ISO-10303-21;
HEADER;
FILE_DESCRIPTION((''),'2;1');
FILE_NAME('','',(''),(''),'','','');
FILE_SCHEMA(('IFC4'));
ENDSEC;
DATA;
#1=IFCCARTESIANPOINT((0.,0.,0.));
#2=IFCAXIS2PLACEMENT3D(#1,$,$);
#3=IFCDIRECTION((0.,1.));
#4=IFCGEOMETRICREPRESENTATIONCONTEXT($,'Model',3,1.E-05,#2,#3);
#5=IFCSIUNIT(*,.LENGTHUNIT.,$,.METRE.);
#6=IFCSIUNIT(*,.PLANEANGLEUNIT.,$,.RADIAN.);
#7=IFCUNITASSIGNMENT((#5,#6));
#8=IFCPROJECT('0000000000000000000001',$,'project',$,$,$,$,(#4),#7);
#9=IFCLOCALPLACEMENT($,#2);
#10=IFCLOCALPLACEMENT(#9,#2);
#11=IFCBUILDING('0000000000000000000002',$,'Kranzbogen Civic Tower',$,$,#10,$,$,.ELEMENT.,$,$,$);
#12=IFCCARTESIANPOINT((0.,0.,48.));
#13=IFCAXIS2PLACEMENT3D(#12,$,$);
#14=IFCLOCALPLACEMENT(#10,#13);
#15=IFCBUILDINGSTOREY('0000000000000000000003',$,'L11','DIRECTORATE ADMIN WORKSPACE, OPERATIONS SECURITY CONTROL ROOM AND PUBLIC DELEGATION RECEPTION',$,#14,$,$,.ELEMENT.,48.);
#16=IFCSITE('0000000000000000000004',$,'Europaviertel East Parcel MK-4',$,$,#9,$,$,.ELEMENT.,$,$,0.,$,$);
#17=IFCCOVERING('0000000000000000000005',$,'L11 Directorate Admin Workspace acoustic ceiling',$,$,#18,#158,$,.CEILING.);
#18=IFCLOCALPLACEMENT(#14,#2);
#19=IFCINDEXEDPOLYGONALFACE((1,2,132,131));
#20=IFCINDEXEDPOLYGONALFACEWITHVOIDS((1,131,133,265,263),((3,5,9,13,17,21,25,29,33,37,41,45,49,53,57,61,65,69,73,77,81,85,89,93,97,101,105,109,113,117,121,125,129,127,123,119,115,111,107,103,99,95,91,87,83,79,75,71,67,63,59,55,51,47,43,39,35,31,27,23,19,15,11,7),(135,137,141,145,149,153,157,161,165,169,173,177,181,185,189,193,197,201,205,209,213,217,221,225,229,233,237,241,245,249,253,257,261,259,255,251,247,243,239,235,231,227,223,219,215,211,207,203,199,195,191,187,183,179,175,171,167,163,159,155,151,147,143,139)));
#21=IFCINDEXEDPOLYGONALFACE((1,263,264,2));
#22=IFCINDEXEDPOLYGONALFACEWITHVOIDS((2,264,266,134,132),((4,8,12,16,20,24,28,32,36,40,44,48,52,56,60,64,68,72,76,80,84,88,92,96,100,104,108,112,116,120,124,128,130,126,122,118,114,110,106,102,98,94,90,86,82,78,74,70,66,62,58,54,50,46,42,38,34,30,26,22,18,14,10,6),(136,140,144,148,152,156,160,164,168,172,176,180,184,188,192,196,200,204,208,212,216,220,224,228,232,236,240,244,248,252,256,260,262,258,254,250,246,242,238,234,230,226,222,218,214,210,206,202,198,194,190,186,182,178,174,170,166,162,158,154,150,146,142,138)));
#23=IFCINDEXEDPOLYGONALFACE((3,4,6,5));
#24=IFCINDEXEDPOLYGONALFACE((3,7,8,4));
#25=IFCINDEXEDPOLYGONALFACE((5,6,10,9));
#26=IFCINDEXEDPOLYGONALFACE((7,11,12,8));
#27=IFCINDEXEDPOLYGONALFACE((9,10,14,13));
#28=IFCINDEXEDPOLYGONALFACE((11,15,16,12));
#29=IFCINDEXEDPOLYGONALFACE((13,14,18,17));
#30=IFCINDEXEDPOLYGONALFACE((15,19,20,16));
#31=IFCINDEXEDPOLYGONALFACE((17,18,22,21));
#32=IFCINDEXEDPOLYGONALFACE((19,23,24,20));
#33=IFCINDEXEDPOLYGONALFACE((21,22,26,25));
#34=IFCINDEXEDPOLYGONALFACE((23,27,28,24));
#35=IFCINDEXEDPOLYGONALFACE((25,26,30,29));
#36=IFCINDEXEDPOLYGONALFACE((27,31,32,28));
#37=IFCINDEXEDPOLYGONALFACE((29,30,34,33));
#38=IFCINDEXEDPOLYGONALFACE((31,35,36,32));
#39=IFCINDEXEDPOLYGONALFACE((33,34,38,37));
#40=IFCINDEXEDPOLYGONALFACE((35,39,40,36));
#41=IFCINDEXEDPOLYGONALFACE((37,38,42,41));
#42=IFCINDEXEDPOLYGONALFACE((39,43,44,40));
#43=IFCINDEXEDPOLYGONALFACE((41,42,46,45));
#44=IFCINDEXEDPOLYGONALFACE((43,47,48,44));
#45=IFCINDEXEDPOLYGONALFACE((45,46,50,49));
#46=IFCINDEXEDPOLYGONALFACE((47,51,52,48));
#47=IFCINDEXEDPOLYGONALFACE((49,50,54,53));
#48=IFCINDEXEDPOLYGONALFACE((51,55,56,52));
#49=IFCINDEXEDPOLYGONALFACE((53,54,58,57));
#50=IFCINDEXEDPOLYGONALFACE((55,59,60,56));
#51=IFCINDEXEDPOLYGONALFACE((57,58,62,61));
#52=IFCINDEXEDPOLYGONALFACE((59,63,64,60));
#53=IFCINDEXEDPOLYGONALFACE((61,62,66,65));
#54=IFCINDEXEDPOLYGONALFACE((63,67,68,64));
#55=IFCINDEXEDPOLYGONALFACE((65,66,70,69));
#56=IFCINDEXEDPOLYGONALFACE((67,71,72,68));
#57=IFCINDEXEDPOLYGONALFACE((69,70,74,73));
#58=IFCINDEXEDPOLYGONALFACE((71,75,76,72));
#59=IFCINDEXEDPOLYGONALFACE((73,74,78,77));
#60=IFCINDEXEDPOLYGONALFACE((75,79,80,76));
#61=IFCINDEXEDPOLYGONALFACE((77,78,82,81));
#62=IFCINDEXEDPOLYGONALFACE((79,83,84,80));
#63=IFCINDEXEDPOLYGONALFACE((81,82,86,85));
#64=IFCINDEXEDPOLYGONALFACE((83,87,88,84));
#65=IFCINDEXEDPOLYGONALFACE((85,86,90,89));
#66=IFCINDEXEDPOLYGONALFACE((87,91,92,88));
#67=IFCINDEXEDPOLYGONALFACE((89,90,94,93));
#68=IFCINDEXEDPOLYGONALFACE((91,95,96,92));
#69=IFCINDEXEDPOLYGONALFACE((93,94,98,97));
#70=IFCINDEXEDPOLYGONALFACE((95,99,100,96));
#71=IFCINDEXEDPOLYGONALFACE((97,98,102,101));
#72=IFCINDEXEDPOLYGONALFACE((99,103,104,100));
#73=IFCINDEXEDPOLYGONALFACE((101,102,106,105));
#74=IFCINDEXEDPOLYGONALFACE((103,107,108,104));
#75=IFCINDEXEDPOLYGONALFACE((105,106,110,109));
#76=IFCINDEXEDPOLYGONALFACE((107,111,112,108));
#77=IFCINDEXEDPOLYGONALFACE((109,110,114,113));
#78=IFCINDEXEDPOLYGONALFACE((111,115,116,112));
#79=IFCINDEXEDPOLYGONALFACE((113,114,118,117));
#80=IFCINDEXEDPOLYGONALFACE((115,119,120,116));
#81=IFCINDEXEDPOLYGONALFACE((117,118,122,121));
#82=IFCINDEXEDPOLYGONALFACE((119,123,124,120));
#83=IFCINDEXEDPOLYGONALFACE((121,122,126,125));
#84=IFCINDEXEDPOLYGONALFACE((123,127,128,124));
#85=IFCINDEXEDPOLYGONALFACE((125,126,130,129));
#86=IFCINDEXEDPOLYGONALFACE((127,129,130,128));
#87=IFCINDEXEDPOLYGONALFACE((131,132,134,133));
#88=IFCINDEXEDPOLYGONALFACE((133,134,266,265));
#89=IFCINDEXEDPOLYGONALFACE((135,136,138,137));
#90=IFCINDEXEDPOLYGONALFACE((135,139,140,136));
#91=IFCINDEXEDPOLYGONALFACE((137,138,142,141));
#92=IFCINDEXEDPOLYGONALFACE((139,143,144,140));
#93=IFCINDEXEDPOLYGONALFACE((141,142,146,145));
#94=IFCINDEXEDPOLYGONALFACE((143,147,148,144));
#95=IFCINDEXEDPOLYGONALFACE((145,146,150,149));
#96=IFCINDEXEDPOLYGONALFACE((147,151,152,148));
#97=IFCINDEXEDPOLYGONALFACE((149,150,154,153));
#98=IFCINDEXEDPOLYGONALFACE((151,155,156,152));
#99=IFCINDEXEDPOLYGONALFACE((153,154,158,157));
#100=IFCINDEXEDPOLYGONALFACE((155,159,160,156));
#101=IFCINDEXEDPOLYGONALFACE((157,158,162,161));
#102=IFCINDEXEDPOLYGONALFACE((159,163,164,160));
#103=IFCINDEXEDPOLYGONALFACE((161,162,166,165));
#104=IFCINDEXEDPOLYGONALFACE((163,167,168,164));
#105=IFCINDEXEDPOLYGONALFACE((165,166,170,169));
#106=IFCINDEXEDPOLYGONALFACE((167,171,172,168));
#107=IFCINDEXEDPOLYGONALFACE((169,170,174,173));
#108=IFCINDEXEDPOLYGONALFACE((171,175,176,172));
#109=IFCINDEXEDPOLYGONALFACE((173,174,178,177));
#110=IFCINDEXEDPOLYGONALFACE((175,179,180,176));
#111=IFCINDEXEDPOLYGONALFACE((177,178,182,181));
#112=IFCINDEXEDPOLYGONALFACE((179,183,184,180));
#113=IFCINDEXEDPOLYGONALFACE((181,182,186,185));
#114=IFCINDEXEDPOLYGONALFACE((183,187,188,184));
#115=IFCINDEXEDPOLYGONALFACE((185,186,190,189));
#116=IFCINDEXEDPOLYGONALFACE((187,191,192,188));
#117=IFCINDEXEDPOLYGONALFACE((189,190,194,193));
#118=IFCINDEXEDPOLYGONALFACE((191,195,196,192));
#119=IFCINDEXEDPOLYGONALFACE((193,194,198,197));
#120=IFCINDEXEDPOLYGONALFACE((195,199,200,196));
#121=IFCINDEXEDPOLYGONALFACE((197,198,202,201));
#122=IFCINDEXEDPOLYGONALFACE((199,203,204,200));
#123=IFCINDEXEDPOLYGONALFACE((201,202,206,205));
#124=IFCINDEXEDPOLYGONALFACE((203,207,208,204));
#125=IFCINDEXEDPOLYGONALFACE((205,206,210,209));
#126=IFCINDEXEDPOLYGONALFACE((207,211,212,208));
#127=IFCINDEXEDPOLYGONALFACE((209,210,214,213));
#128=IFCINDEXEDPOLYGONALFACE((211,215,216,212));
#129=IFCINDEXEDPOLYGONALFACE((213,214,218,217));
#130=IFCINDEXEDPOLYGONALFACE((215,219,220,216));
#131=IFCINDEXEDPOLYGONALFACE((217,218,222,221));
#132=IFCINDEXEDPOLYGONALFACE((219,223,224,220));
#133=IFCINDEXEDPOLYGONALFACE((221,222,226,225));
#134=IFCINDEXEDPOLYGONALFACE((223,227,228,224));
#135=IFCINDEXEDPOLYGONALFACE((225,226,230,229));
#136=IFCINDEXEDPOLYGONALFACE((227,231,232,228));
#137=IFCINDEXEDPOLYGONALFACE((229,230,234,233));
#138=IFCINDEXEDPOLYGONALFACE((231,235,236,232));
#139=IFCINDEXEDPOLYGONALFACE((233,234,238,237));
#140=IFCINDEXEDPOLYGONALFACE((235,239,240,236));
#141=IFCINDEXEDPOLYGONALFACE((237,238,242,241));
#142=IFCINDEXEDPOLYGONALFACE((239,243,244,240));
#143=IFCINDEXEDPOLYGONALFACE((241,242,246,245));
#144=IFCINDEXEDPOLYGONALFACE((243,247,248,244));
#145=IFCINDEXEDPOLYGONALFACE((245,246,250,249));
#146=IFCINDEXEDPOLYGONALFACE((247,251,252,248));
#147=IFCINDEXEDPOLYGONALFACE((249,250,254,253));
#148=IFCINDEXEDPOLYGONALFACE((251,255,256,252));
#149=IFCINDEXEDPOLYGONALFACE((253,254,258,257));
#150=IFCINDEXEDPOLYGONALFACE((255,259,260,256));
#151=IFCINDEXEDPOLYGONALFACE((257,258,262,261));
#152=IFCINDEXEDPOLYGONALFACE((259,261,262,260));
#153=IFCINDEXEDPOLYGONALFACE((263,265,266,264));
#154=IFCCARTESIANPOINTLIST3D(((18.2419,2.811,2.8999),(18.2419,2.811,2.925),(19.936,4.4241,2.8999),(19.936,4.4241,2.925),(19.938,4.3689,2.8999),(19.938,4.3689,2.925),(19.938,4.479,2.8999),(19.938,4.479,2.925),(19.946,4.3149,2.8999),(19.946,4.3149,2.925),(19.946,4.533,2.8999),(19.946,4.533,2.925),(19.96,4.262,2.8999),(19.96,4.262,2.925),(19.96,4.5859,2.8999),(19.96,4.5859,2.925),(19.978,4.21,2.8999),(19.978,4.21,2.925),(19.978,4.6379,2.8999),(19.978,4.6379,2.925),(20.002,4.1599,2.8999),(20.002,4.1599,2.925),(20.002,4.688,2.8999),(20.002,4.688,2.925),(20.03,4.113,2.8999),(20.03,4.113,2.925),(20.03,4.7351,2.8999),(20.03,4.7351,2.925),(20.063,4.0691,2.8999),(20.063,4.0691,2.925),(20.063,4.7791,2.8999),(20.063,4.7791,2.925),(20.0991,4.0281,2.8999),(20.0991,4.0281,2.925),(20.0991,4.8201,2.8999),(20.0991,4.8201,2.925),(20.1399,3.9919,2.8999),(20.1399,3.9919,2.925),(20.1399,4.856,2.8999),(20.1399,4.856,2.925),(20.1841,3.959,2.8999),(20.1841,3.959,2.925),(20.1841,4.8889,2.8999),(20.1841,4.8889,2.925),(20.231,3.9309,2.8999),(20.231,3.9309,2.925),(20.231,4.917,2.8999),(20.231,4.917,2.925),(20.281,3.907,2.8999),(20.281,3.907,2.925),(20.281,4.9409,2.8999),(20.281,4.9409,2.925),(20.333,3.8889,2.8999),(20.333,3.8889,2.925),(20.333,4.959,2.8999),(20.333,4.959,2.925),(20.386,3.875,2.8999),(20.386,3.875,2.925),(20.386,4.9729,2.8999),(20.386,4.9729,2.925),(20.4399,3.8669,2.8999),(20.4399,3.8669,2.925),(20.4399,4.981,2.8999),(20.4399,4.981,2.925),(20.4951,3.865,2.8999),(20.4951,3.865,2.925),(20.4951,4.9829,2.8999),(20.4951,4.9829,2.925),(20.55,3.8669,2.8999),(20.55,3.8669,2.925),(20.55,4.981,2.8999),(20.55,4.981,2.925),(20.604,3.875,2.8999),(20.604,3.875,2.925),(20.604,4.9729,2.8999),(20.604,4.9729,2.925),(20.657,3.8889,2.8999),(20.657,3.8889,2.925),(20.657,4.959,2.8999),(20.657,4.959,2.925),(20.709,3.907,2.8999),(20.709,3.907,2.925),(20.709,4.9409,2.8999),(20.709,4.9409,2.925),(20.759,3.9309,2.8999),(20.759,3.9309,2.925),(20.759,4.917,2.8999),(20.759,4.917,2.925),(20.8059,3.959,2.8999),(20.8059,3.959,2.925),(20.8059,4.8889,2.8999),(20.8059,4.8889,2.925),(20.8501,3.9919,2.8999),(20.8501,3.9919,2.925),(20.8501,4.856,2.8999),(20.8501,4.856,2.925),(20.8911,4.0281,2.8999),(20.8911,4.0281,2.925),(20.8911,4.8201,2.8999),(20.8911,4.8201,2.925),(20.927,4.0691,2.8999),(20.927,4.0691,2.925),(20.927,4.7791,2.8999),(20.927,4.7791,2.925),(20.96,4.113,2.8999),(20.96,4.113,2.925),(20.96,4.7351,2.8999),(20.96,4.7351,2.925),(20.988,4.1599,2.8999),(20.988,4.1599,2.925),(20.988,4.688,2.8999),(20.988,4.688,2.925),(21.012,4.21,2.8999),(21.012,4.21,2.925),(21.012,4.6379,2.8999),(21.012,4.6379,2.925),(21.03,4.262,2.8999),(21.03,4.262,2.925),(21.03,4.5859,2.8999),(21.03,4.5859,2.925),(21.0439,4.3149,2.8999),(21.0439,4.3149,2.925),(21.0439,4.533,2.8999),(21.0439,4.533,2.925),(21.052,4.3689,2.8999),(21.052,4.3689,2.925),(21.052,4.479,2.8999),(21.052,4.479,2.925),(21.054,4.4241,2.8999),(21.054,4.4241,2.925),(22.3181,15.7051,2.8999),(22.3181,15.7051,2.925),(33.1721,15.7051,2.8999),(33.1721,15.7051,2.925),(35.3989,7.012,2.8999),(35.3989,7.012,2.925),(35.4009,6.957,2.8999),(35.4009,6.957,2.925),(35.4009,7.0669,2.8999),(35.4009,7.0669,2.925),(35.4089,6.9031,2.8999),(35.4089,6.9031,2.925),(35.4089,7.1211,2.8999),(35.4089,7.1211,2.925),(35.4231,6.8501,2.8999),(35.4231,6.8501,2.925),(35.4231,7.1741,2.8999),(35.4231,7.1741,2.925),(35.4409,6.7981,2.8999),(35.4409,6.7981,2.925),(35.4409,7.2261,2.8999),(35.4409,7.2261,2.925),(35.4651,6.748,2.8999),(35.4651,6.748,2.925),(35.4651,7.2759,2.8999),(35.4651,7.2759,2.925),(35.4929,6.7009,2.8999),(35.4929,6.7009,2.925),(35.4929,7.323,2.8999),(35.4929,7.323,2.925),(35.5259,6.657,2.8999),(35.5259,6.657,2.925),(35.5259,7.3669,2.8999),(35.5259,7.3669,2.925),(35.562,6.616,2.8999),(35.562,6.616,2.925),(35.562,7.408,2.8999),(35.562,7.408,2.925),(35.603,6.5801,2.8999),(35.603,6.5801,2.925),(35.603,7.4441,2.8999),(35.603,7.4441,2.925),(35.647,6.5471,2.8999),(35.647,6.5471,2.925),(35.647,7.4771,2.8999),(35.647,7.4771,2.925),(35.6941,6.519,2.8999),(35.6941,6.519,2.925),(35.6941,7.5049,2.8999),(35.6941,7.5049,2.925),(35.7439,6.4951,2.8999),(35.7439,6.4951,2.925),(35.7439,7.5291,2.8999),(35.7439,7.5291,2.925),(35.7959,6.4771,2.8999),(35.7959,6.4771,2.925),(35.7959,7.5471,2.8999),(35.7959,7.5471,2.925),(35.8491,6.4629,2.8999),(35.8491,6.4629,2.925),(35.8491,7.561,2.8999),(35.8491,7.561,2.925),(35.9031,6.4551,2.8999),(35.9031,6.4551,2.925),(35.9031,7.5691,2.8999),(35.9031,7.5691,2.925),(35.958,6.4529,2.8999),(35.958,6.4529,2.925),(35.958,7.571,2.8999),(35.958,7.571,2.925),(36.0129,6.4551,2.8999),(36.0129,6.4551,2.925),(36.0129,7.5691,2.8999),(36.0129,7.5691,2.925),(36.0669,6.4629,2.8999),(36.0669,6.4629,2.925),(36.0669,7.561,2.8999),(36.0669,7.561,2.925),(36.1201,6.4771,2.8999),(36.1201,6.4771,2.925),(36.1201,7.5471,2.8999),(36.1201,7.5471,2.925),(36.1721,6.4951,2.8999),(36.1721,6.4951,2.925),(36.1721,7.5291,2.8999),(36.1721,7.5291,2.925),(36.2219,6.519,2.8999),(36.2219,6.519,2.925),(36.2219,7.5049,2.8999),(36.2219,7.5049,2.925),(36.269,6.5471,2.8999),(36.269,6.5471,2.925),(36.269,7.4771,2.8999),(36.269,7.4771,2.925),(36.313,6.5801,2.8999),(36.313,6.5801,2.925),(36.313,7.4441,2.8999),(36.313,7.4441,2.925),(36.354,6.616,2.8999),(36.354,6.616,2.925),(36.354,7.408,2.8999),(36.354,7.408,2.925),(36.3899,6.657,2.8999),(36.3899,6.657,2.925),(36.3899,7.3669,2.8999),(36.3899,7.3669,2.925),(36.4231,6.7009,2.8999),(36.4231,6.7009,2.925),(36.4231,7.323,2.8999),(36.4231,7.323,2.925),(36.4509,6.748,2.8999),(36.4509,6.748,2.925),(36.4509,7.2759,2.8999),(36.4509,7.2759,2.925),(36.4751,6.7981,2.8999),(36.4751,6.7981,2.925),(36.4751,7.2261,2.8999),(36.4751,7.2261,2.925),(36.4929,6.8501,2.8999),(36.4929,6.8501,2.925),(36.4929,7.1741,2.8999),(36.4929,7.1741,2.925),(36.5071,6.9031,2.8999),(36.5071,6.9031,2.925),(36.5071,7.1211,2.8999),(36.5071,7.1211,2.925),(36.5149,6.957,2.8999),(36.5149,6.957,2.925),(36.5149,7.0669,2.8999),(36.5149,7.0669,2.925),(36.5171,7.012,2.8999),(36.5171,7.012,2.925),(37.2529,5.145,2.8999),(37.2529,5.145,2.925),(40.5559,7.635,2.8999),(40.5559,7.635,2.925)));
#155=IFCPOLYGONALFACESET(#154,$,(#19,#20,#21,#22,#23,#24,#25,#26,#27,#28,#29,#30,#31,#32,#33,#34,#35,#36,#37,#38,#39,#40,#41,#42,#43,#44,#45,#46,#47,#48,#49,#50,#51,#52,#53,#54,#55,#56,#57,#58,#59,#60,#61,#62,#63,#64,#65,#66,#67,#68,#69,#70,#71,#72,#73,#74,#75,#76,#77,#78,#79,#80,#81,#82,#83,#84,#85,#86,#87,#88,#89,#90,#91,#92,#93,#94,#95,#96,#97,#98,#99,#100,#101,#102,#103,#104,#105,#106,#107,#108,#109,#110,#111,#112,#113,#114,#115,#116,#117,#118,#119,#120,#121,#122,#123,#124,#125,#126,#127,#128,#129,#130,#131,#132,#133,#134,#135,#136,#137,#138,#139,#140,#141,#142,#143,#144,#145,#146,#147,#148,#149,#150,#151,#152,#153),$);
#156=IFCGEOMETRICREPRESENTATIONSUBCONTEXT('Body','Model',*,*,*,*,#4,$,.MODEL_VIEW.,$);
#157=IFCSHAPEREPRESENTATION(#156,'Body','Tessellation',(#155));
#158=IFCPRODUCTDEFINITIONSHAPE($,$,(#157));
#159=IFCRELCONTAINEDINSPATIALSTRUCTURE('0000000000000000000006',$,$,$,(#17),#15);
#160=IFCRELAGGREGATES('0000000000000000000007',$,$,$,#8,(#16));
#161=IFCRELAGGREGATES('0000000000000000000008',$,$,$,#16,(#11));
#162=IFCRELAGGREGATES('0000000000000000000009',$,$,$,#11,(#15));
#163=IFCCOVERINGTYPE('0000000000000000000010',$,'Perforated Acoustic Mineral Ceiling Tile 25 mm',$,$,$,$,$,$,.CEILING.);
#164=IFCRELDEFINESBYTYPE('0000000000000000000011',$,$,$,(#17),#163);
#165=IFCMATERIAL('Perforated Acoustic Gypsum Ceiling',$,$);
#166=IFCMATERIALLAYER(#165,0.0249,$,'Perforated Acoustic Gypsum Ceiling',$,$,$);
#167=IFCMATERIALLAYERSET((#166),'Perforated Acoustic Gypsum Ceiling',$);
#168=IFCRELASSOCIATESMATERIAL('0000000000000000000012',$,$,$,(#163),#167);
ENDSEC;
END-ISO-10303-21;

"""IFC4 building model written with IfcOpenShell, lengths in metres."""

from ifc_helpers import new_model, si_unit, direction, frame, origin, place, context, subcontext, project, spatial, polyline, outline, extrude, material, layer, layer_set, type_object, element, save


model = new_model("IFC4")

# Units and contexts
model_context = context("Model", 3, precision=1e-05, world=origin(), true_north=direction((0.0, 1.0)))
body_context = subcontext(model_context, "Body", "Model", "MODEL_VIEW")
ifc_project = project(units=[si_unit("LENGTHUNIT", "METRE"), si_unit("PLANEANGLEUNIT", "RADIAN")], contexts=[model_context])

# Site, building, storey
site_placement = place(None, origin())
site = spatial("IfcSite", under=ifc_project, at=site_placement, Name="Europaviertel East Parcel MK-4", CompositionType="ELEMENT", RefElevation=0.0)
building_placement = place(site_placement, origin())
building = spatial("IfcBuilding", under=site, at=building_placement, Name="Kranzbogen Civic Tower", CompositionType="ELEMENT")
storey_placement = place(building_placement, frame((0.0, 0.0, 48.0)))
storey = spatial("IfcBuildingStorey", under=building, at=storey_placement, Name="L11", Description="DIRECTORATE ADMIN WORKSPACE, OPERATIONS SECURITY CONTROL ROOM AND PUBLIC DELEGATION RECEPTION", CompositionType="ELEMENT", Elevation=48.0)

# Covering
ifc_material_1 = material(Name="Perforated Acoustic Gypsum Ceiling")
ifc_layer_1 = layer(ifc_material_1, 0.0249, Name="Perforated Acoustic Gypsum Ceiling")
ifc_layer_set_1 = layer_set([ifc_layer_1], Name="Perforated Acoustic Gypsum Ceiling")
covering_type = type_object("IfcCoveringType", Name="Perforated Acoustic Mineral Ceiling Tile 25 mm", PredefinedType="CEILING", material=ifc_layer_set_1)
covering_1_placement = place(storey_placement, frame((0.0, 0.0, 2.8999)))
element("IfcCovering", 1, at=covering_1_placement, inside=storey, type_object=covering_type, Name="L11 Directorate Admin Workspace acoustic ceiling", PredefinedType="CEILING", context=body_context, shape_type="SweptSolid", body=[
    extrude(outline(polyline([(18.2419, 2.811), (22.3181, 15.7051), (33.1721, 15.7051), (40.5559, 7.635), (37.2529, 5.145), (18.2419, 2.811)]), holes=[polyline([(21.012, 4.21), (20.988, 4.1599), (20.96, 4.113), (20.927, 4.0691), (20.8911, 4.0281), (20.8501, 3.9919), (20.8059, 3.959), (20.759, 3.9309), (20.709, 3.907), (20.657, 3.8889), (20.604, 3.875), (20.55, 3.8669), (20.4951, 3.865), (20.4399, 3.8669), (20.386, 3.875), (20.333, 3.8889), (20.281, 3.907), (20.231, 3.9309), (20.1841, 3.959), (20.1399, 3.9919), (20.0991, 4.0281), (20.063, 4.0691), (20.03, 4.113), (20.002, 4.1599), (19.978, 4.21), (19.96, 4.262), (19.946, 4.3149), (19.938, 4.3689), (19.936, 4.4241), (19.938, 4.479), (19.946, 4.533), (19.96, 4.5859), (19.978, 4.6379), (20.002, 4.688), (20.03, 4.7351), (20.063, 4.7791), (20.0991, 4.8201), (20.1399, 4.856), (20.1841, 4.8889), (20.231, 4.917), (20.281, 4.9409), (20.333, 4.959), (20.386, 4.9729), (20.4399, 4.981), (20.4951, 4.9829), (20.55, 4.981), (20.604, 4.9729), (20.657, 4.959), (20.709, 4.9409), (20.759, 4.917), (20.8059, 4.8889), (20.8501, 4.856), (20.8911, 4.8201), (20.927, 4.7791), (20.96, 4.7351), (20.988, 4.688), (21.012, 4.6379), (21.03, 4.5859), (21.0439, 4.533), (21.052, 4.479), (21.054, 4.4241), (21.052, 4.3689), (21.0439, 4.3149), (21.03, 4.262), (21.012, 4.21)]), polyline([(36.4751, 6.7981), (36.4509, 6.748), (36.4231, 6.7009), (36.3899, 6.657), (36.354, 6.616), (36.313, 6.5801), (36.269, 6.5471), (36.2219, 6.519), (36.1721, 6.4951), (36.1201, 6.4771), (36.0669, 6.4629), (36.0129, 6.4551), (35.958, 6.4529), (35.9031, 6.4551), (35.8491, 6.4629), (35.7959, 6.4771), (35.7439, 6.4951), (35.6941, 6.519), (35.647, 6.5471), (35.603, 6.5801), (35.562, 6.616), (35.5259, 6.657), (35.4929, 6.7009), (35.4651, 6.748), (35.4409, 6.7981), (35.4231, 6.8501), (35.4089, 6.9031), (35.4009, 6.957), (35.3989, 7.012), (35.4009, 7.0669), (35.4089, 7.1211), (35.4231, 7.1741), (35.4409, 7.2261), (35.4651, 7.2759), (35.4929, 7.323), (35.5259, 7.3669), (35.562, 7.408), (35.603, 7.4441), (35.647, 7.4771), (35.6941, 7.5049), (35.7439, 7.5291), (35.7959, 7.5471), (35.8491, 7.561), (35.9031, 7.5691), (35.958, 7.571), (36.0129, 7.5691), (36.0669, 7.561), (36.1201, 7.5471), (36.1721, 7.5291), (36.2219, 7.5049), (36.269, 7.4771), (36.313, 7.4441), (36.354, 7.408), (36.3899, 7.3669), (36.4231, 7.323), (36.4509, 7.2759), (36.4751, 7.2261), (36.4929, 7.1741), (36.5071, 7.1211), (36.5149, 7.0669), (36.5171, 7.012), (36.5149, 6.957), (36.5071, 6.9031), (36.4929, 6.8501), (36.4751, 6.7981)])]), origin(), (0.0, 0.0, 1.0), 0.0251),
])

save(model, "model.ifc")
